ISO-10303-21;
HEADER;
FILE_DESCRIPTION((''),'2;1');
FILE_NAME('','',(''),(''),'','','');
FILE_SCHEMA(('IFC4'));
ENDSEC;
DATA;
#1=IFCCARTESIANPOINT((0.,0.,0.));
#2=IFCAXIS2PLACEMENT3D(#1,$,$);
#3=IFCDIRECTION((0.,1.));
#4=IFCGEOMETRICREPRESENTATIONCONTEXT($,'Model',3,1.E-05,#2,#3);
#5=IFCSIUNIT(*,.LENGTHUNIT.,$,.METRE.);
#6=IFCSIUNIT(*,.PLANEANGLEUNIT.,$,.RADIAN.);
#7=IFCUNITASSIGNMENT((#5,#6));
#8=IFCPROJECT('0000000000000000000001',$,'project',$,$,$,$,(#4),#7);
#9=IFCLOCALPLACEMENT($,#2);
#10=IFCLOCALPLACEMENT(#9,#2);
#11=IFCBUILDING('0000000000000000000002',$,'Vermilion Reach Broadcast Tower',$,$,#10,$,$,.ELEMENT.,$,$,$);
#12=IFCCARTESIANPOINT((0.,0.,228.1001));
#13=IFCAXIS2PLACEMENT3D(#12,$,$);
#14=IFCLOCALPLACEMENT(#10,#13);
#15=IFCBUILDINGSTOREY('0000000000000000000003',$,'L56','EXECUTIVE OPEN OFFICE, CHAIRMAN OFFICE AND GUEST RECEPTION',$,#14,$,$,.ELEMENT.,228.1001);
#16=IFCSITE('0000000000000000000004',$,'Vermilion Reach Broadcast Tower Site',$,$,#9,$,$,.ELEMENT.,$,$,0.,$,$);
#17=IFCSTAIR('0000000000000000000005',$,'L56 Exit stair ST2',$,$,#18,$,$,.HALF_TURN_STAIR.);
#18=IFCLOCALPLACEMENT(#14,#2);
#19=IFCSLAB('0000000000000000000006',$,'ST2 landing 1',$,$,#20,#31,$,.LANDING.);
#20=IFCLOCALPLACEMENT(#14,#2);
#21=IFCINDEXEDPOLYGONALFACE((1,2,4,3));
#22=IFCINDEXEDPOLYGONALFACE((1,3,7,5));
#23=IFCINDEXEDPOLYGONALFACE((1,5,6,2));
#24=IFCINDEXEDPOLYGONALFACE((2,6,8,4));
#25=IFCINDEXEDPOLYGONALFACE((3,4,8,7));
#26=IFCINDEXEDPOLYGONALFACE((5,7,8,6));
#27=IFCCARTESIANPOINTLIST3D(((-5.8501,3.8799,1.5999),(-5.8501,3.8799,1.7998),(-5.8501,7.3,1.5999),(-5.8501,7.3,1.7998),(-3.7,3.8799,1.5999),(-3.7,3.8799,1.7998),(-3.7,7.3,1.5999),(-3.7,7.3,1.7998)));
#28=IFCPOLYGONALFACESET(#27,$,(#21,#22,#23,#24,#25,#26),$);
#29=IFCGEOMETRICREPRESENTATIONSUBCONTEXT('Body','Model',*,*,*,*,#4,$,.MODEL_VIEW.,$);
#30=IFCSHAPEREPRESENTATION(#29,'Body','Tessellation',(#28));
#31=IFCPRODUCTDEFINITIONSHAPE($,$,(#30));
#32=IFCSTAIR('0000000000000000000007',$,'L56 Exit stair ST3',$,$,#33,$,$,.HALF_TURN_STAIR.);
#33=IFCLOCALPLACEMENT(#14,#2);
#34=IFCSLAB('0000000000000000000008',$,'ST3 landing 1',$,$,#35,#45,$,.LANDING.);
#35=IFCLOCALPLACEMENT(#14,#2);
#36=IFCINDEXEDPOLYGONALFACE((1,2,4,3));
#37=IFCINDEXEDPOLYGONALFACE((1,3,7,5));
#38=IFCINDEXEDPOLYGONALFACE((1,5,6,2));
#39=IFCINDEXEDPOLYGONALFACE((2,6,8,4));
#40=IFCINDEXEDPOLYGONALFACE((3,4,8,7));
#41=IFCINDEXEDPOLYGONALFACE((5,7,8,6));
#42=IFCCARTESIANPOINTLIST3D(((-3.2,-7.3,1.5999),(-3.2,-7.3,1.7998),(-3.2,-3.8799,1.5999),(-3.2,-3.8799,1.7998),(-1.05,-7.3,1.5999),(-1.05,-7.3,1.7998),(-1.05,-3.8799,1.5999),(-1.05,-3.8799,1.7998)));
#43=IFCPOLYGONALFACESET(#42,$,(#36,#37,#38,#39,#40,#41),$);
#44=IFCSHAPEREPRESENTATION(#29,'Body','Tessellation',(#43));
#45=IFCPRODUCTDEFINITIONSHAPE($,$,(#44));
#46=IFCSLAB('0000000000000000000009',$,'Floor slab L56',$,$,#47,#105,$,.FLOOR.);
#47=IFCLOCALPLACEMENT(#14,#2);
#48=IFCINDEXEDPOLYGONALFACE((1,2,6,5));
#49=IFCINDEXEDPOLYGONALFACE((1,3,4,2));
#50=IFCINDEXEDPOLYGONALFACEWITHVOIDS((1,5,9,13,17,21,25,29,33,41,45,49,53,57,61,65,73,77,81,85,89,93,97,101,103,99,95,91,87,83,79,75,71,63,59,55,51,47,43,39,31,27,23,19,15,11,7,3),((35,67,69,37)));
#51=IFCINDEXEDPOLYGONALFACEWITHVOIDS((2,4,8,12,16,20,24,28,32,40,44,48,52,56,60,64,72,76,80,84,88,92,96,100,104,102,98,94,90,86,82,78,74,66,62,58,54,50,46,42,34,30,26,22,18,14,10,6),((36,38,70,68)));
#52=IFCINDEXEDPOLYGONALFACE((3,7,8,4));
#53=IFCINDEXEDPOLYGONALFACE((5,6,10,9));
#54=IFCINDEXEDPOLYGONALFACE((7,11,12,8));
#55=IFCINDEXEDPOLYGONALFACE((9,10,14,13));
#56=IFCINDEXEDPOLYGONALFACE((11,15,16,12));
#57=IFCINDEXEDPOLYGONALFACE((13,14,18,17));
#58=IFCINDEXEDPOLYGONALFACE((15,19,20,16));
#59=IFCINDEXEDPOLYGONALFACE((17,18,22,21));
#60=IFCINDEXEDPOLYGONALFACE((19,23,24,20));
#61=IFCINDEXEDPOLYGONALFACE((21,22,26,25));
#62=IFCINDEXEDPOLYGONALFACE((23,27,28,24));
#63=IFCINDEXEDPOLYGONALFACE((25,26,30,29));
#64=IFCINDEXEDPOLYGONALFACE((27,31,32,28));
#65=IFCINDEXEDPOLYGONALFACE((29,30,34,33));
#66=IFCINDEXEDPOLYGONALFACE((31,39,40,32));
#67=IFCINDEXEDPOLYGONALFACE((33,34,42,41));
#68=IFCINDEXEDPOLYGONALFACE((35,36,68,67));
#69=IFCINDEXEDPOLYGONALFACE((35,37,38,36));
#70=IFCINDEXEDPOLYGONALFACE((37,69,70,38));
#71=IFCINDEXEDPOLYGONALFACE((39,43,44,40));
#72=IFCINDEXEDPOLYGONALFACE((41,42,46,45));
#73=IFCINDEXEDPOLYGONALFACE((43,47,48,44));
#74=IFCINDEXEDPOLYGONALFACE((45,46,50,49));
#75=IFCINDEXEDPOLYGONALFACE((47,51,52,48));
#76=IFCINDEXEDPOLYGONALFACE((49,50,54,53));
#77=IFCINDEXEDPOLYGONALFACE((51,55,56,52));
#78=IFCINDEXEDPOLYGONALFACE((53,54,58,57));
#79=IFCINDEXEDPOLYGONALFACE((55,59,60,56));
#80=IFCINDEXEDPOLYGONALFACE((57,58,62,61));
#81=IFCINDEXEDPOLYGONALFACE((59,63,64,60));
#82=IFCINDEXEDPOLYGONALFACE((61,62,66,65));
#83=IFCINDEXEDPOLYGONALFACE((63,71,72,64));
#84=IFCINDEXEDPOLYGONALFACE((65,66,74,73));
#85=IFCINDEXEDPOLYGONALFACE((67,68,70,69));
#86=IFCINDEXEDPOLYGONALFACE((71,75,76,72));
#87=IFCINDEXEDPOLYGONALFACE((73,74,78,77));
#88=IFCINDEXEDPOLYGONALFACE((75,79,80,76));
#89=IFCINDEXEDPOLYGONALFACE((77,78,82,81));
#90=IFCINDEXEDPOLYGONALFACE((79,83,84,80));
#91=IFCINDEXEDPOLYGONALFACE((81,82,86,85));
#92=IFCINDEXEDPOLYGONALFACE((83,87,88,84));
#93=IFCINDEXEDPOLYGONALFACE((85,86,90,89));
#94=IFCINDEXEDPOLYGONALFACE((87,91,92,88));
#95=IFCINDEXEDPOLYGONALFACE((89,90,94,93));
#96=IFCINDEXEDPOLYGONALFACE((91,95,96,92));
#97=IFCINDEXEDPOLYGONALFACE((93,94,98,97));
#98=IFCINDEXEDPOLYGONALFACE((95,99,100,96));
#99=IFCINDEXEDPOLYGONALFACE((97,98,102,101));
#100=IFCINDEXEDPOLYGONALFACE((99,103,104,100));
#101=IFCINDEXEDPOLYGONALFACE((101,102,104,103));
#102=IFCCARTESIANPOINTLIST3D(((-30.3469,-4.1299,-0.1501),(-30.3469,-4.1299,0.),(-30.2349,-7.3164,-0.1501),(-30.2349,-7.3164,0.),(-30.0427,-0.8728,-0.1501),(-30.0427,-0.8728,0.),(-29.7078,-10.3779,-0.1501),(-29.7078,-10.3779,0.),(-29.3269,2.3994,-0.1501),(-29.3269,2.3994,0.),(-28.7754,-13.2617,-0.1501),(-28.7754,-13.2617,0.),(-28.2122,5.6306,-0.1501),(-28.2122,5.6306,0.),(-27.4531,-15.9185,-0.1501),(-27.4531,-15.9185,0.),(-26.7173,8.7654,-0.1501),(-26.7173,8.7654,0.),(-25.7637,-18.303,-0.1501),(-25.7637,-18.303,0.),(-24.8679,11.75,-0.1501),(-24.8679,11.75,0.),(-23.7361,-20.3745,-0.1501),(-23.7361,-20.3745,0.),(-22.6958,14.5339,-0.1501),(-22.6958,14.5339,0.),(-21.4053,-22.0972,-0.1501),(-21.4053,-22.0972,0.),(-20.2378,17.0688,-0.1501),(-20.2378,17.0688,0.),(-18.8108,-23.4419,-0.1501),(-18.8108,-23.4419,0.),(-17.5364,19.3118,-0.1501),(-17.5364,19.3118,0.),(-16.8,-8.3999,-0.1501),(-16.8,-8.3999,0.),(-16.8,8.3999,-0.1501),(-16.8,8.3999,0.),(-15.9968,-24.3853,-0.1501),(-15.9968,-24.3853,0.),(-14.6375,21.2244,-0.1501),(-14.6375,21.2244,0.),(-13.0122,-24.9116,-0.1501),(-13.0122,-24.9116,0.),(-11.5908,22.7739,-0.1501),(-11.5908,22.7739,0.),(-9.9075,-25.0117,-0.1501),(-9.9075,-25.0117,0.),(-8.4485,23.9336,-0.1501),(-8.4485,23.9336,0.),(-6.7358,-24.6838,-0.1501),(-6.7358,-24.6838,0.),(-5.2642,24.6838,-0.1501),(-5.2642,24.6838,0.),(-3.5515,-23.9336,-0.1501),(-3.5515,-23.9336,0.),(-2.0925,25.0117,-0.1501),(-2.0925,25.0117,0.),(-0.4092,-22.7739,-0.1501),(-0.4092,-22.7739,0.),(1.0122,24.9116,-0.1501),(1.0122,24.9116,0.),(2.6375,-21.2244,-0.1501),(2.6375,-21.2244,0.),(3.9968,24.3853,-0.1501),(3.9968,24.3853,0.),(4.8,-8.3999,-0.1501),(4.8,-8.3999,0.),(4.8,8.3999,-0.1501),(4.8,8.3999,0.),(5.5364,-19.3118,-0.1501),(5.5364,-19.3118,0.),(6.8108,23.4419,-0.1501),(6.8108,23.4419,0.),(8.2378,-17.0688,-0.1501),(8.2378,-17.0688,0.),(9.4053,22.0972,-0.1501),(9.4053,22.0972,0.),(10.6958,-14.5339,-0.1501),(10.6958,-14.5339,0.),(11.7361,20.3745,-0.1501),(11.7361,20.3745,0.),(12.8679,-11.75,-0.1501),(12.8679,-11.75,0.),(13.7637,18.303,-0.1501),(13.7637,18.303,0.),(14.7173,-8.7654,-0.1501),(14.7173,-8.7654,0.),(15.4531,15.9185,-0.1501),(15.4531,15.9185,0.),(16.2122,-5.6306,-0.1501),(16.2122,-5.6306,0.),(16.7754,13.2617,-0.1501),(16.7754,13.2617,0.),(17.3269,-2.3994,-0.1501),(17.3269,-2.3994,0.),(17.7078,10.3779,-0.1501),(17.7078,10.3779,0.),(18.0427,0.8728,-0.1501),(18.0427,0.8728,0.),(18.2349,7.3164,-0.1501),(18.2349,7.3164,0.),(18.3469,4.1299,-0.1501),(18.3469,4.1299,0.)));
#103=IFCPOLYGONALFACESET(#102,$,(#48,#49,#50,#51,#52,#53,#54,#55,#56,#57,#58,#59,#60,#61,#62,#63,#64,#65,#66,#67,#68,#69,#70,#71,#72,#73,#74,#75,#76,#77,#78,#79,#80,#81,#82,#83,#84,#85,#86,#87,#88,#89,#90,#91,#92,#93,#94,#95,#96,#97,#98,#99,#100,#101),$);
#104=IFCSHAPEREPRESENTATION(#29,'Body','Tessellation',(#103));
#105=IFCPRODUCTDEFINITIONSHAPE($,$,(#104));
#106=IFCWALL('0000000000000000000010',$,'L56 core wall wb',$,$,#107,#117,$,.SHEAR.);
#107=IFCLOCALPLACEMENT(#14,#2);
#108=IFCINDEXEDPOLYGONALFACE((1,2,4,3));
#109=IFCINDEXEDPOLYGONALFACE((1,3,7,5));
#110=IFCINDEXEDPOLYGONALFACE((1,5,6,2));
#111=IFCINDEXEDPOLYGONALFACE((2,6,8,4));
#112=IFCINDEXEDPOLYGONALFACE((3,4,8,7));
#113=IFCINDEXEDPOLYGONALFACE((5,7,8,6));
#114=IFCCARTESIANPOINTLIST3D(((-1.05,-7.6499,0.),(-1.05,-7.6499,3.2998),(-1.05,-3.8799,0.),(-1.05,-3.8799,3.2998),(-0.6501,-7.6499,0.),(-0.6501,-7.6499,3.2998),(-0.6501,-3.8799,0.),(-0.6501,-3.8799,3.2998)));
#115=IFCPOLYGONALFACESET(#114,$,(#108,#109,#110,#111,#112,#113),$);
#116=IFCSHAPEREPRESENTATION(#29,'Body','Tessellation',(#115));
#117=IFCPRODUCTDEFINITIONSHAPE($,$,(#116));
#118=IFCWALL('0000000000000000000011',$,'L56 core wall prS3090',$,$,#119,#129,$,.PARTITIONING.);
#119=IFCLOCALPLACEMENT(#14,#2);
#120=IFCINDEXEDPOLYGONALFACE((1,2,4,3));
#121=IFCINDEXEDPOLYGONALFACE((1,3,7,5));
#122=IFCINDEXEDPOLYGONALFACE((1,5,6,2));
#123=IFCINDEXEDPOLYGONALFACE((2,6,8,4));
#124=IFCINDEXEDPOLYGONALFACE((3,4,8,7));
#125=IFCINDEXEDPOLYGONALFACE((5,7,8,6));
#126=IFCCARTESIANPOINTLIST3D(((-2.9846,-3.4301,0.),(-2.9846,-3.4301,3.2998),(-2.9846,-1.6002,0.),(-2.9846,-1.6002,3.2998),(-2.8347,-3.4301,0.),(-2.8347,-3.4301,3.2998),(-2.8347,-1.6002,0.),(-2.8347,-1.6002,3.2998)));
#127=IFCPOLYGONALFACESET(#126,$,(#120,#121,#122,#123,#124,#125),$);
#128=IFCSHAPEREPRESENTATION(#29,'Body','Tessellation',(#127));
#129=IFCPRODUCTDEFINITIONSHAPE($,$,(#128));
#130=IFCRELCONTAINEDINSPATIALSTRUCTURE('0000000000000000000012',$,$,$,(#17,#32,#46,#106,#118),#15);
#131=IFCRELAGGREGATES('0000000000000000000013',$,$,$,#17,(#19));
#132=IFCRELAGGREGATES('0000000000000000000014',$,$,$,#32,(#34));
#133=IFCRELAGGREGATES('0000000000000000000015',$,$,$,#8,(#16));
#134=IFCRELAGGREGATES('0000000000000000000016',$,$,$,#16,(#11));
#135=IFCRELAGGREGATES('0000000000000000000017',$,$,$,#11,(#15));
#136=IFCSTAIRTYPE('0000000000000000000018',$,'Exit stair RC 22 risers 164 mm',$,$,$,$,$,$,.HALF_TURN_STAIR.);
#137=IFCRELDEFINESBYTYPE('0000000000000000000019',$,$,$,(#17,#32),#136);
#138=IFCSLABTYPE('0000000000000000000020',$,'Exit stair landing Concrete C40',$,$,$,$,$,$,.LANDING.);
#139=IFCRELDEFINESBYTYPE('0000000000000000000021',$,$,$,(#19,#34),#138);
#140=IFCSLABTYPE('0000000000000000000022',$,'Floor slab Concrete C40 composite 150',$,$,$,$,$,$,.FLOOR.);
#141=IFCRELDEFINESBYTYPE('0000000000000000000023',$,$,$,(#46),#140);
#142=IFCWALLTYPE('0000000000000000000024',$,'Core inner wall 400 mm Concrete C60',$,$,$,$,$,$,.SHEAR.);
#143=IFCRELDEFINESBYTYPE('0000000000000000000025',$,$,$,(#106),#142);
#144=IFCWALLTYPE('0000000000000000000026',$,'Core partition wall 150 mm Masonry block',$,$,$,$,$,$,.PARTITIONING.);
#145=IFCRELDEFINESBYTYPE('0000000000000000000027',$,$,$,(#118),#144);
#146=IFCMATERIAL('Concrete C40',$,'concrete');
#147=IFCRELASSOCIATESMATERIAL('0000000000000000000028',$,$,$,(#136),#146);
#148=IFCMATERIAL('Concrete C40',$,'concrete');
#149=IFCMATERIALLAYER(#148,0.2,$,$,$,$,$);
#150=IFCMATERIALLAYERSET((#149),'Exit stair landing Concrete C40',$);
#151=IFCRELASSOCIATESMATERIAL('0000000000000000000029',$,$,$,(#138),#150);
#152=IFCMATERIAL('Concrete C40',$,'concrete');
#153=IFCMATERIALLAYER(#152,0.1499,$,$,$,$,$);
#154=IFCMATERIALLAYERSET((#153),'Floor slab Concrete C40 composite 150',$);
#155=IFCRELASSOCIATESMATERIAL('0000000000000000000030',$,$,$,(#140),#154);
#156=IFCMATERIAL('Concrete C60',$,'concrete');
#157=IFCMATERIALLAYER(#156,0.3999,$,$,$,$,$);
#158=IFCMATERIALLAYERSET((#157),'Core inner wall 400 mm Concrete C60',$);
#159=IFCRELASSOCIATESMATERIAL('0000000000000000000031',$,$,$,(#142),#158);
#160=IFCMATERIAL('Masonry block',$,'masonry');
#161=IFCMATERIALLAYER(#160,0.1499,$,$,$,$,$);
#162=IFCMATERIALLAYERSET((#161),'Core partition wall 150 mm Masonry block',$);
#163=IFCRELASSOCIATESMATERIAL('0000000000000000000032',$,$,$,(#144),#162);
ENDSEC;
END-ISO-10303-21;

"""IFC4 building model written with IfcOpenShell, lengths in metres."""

from ifc_helpers import new_model, si_unit, direction, frame, frame_2d, origin, place, context, subcontext, project, spatial, polyline, rectangle, outline, extrude, material, layer, layer_set, type_object, element, aggregate, save


model = new_model("IFC4")

# Units and contexts
model_context = context("Model", 3, precision=1e-05, world=origin(), true_north=direction((0.0, 1.0)))
body_context = subcontext(model_context, "Body", "Model", "MODEL_VIEW")
ifc_project = project(units=[si_unit("LENGTHUNIT", "METRE"), si_unit("PLANEANGLEUNIT", "RADIAN")], contexts=[model_context])

# Site, building, storey
site_placement = place(None, origin())
site = spatial("IfcSite", under=ifc_project, at=site_placement, Name="Vermilion Reach Broadcast Tower Site", CompositionType="ELEMENT", RefElevation=0.0)
building_placement = place(site_placement, origin())
building = spatial("IfcBuilding", under=site, at=building_placement, Name="Vermilion Reach Broadcast Tower", CompositionType="ELEMENT")
storey_placement = place(building_placement, frame((0.0, 0.0, 228.1001)))
storey = spatial("IfcBuildingStorey", under=building, at=storey_placement, Name="L56", Description="EXECUTIVE OPEN OFFICE, CHAIRMAN OFFICE AND GUEST RECEPTION", CompositionType="ELEMENT", Elevation=228.1001)

# Stairs, slabs
ifc_material_1 = material(Name="Concrete C40", Category="concrete")
stair_type = type_object("IfcStairType", Name="Exit stair RC 22 risers 164 mm", PredefinedType="HALF_TURN_STAIR", material=ifc_material_1)
placement_1 = place(storey_placement, origin())
ifc_material_2 = material(Name="Concrete C40", Category="concrete")
ifc_layer_1 = layer(ifc_material_2, 0.2)
ifc_layer_set_1 = layer_set([ifc_layer_1], Name="Exit stair landing Concrete C40")
slab_type_1 = type_object("IfcSlabType", Name="Exit stair landing Concrete C40", PredefinedType="LANDING", material=ifc_layer_set_1)
placement_2 = place(storey_placement, frame((0.0, 0.0, 1.5999)))
stair_1 = element("IfcStair", 1, at=placement_1, inside=storey, type_object=stair_type, Name="L56 Exit stair ST2", PredefinedType="HALF_TURN_STAIR")
slab_1 = element("IfcSlab", 2, at=placement_2, type_object=slab_type_1, Name="ST2 landing 1", PredefinedType="LANDING", context=body_context, shape_type="SweptSolid", body=[
    extrude(outline(polyline([(-3.7, 7.3), (-5.8501, 7.3), (-5.8501, 3.8799), (-3.7, 3.8799), (-3.7, 7.3)])), origin(), (0.0, 0.0, 1.0), 0.2),
])
aggregate(stair_1, [slab_1])
stair_2 = element("IfcStair", 3, at=placement_1, inside=storey, type_object=stair_type, Name="L56 Exit stair ST3", PredefinedType="HALF_TURN_STAIR")
slab_2 = element("IfcSlab", 4, at=placement_2, type_object=slab_type_1, Name="ST3 landing 1", PredefinedType="LANDING", context=body_context, shape_type="SweptSolid", body=[
    extrude(outline(polyline([(-3.2, -7.3), (-1.05, -7.3), (-1.05, -3.8799), (-3.2, -3.8799), (-3.2, -7.3)])), origin(), (0.0, 0.0, 1.0), 0.2),
])

# Slab
ifc_material_3 = material(Name="Concrete C40", Category="concrete")
ifc_layer_2 = layer(ifc_material_3, 0.1499)
ifc_layer_set_2 = layer_set([ifc_layer_2], Name="Floor slab Concrete C40 composite 150")
slab_type_2 = type_object("IfcSlabType", Name="Floor slab Concrete C40 composite 150", PredefinedType="FLOOR", material=ifc_layer_set_2)
slab_3_placement = place(storey_placement, frame((0.0, 0.0, -0.1501)))
element("IfcSlab", 5, at=slab_3_placement, inside=storey, type_object=slab_type_2, Name="Floor slab L56", PredefinedType="FLOOR", context=body_context, shape_type="SweptSolid", body=[
    extrude(outline(polyline([(11.7361, 20.3745), (9.4053, 22.0972), (6.8108, 23.4419), (3.9968, 24.3853), (1.0122, 24.9116), (-2.0925, 25.0117), (-5.2642, 24.6838), (-8.4485, 23.9336), (-11.5908, 22.7739), (-14.6375, 21.2244), (-17.5364, 19.3118), (-20.2378, 17.0688), (-22.6958, 14.5339), (-24.8679, 11.75), (-26.7173, 8.7654), (-28.2122, 5.6306), (-29.3269, 2.3994), (-30.0427, -0.8728), (-30.3469, -4.1299), (-30.2349, -7.3164), (-29.7078, -10.3779), (-28.7754, -13.2617), (-27.4531, -15.9185), (-25.7637, -18.303), (-23.7361, -20.3745), (-21.4053, -22.0972), (-18.8108, -23.4419), (-15.9968, -24.3853), (-13.0122, -24.9116), (-9.9075, -25.0117), (-6.7358, -24.6838), (-3.5515, -23.9336), (-0.4092, -22.7739), (2.6375, -21.2244), (5.5364, -19.3118), (8.2378, -17.0688), (10.6958, -14.5339), (12.8679, -11.75), (14.7173, -8.7654), (16.2122, -5.6306), (17.3269, -2.3994), (18.0427, 0.8728), (18.3469, 4.1299), (18.2349, 7.3164), (17.7078, 10.3779), (16.7754, 13.2617), (15.4531, 15.9185), (13.7637, 18.303), (11.7361, 20.3745)]), holes=[polyline([(-16.8, -8.3999), (4.8, -8.3999), (4.8, 8.3999), (-16.8, 8.3999), (-16.8, -8.3999)])]), origin(), (0.0, 0.0, 1.0), 0.1501),
])

# Walls
ifc_material_4 = material(Name="Concrete C60", Category="concrete")
ifc_layer_3 = layer(ifc_material_4, 0.3999)
ifc_layer_set_3 = layer_set([ifc_layer_3], Name="Core inner wall 400 mm Concrete C60")
wall_type_1 = type_object("IfcWallType", Name="Core inner wall 400 mm Concrete C60", PredefinedType="SHEAR", material=ifc_layer_set_3)
wall_1_placement = place(storey_placement, frame((-0.8501, -3.8799, 0.0), z_axis=(0.0, 0.0, 1.0), x_axis=(0.0, -1.0, 0.0)))
element("IfcWall", 6, at=wall_1_placement, inside=storey, type_object=wall_type_1, Name="L56 core wall wb", PredefinedType="SHEAR", context=body_context, shape_type="SweptSolid", body=[
    extrude(rectangle(XDim=3.77, YDim=0.3999, at=frame_2d((1.885, 0.0))), origin(), (0.0, 0.0, 1.0), 3.2998),
])
ifc_material_5 = material(Name="Masonry block", Category="masonry")
ifc_layer_4 = layer(ifc_material_5, 0.1499)
ifc_layer_set_4 = layer_set([ifc_layer_4], Name="Core partition wall 150 mm Masonry block")
wall_type_2 = type_object("IfcWallType", Name="Core partition wall 150 mm Masonry block", PredefinedType="PARTITIONING", material=ifc_layer_set_4)
wall_2_placement = place(storey_placement, frame((-2.9097, -1.6001, 0.0), z_axis=(0.0, 0.0, 1.0), x_axis=(0.0, -1.0, 0.0)))
element("IfcWall", 7, at=wall_2_placement, inside=storey, type_object=wall_type_2, Name="L56 core wall prS3090", PredefinedType="PARTITIONING", context=body_context, shape_type="SweptSolid", body=[
    extrude(rectangle(XDim=1.8298, YDim=0.1499, at=frame_2d((0.915, 0.0))), origin(), (0.0, 0.0, 1.0), 3.2998),
])

aggregate(stair_2, [slab_2])

save(model, "model.ifc")
